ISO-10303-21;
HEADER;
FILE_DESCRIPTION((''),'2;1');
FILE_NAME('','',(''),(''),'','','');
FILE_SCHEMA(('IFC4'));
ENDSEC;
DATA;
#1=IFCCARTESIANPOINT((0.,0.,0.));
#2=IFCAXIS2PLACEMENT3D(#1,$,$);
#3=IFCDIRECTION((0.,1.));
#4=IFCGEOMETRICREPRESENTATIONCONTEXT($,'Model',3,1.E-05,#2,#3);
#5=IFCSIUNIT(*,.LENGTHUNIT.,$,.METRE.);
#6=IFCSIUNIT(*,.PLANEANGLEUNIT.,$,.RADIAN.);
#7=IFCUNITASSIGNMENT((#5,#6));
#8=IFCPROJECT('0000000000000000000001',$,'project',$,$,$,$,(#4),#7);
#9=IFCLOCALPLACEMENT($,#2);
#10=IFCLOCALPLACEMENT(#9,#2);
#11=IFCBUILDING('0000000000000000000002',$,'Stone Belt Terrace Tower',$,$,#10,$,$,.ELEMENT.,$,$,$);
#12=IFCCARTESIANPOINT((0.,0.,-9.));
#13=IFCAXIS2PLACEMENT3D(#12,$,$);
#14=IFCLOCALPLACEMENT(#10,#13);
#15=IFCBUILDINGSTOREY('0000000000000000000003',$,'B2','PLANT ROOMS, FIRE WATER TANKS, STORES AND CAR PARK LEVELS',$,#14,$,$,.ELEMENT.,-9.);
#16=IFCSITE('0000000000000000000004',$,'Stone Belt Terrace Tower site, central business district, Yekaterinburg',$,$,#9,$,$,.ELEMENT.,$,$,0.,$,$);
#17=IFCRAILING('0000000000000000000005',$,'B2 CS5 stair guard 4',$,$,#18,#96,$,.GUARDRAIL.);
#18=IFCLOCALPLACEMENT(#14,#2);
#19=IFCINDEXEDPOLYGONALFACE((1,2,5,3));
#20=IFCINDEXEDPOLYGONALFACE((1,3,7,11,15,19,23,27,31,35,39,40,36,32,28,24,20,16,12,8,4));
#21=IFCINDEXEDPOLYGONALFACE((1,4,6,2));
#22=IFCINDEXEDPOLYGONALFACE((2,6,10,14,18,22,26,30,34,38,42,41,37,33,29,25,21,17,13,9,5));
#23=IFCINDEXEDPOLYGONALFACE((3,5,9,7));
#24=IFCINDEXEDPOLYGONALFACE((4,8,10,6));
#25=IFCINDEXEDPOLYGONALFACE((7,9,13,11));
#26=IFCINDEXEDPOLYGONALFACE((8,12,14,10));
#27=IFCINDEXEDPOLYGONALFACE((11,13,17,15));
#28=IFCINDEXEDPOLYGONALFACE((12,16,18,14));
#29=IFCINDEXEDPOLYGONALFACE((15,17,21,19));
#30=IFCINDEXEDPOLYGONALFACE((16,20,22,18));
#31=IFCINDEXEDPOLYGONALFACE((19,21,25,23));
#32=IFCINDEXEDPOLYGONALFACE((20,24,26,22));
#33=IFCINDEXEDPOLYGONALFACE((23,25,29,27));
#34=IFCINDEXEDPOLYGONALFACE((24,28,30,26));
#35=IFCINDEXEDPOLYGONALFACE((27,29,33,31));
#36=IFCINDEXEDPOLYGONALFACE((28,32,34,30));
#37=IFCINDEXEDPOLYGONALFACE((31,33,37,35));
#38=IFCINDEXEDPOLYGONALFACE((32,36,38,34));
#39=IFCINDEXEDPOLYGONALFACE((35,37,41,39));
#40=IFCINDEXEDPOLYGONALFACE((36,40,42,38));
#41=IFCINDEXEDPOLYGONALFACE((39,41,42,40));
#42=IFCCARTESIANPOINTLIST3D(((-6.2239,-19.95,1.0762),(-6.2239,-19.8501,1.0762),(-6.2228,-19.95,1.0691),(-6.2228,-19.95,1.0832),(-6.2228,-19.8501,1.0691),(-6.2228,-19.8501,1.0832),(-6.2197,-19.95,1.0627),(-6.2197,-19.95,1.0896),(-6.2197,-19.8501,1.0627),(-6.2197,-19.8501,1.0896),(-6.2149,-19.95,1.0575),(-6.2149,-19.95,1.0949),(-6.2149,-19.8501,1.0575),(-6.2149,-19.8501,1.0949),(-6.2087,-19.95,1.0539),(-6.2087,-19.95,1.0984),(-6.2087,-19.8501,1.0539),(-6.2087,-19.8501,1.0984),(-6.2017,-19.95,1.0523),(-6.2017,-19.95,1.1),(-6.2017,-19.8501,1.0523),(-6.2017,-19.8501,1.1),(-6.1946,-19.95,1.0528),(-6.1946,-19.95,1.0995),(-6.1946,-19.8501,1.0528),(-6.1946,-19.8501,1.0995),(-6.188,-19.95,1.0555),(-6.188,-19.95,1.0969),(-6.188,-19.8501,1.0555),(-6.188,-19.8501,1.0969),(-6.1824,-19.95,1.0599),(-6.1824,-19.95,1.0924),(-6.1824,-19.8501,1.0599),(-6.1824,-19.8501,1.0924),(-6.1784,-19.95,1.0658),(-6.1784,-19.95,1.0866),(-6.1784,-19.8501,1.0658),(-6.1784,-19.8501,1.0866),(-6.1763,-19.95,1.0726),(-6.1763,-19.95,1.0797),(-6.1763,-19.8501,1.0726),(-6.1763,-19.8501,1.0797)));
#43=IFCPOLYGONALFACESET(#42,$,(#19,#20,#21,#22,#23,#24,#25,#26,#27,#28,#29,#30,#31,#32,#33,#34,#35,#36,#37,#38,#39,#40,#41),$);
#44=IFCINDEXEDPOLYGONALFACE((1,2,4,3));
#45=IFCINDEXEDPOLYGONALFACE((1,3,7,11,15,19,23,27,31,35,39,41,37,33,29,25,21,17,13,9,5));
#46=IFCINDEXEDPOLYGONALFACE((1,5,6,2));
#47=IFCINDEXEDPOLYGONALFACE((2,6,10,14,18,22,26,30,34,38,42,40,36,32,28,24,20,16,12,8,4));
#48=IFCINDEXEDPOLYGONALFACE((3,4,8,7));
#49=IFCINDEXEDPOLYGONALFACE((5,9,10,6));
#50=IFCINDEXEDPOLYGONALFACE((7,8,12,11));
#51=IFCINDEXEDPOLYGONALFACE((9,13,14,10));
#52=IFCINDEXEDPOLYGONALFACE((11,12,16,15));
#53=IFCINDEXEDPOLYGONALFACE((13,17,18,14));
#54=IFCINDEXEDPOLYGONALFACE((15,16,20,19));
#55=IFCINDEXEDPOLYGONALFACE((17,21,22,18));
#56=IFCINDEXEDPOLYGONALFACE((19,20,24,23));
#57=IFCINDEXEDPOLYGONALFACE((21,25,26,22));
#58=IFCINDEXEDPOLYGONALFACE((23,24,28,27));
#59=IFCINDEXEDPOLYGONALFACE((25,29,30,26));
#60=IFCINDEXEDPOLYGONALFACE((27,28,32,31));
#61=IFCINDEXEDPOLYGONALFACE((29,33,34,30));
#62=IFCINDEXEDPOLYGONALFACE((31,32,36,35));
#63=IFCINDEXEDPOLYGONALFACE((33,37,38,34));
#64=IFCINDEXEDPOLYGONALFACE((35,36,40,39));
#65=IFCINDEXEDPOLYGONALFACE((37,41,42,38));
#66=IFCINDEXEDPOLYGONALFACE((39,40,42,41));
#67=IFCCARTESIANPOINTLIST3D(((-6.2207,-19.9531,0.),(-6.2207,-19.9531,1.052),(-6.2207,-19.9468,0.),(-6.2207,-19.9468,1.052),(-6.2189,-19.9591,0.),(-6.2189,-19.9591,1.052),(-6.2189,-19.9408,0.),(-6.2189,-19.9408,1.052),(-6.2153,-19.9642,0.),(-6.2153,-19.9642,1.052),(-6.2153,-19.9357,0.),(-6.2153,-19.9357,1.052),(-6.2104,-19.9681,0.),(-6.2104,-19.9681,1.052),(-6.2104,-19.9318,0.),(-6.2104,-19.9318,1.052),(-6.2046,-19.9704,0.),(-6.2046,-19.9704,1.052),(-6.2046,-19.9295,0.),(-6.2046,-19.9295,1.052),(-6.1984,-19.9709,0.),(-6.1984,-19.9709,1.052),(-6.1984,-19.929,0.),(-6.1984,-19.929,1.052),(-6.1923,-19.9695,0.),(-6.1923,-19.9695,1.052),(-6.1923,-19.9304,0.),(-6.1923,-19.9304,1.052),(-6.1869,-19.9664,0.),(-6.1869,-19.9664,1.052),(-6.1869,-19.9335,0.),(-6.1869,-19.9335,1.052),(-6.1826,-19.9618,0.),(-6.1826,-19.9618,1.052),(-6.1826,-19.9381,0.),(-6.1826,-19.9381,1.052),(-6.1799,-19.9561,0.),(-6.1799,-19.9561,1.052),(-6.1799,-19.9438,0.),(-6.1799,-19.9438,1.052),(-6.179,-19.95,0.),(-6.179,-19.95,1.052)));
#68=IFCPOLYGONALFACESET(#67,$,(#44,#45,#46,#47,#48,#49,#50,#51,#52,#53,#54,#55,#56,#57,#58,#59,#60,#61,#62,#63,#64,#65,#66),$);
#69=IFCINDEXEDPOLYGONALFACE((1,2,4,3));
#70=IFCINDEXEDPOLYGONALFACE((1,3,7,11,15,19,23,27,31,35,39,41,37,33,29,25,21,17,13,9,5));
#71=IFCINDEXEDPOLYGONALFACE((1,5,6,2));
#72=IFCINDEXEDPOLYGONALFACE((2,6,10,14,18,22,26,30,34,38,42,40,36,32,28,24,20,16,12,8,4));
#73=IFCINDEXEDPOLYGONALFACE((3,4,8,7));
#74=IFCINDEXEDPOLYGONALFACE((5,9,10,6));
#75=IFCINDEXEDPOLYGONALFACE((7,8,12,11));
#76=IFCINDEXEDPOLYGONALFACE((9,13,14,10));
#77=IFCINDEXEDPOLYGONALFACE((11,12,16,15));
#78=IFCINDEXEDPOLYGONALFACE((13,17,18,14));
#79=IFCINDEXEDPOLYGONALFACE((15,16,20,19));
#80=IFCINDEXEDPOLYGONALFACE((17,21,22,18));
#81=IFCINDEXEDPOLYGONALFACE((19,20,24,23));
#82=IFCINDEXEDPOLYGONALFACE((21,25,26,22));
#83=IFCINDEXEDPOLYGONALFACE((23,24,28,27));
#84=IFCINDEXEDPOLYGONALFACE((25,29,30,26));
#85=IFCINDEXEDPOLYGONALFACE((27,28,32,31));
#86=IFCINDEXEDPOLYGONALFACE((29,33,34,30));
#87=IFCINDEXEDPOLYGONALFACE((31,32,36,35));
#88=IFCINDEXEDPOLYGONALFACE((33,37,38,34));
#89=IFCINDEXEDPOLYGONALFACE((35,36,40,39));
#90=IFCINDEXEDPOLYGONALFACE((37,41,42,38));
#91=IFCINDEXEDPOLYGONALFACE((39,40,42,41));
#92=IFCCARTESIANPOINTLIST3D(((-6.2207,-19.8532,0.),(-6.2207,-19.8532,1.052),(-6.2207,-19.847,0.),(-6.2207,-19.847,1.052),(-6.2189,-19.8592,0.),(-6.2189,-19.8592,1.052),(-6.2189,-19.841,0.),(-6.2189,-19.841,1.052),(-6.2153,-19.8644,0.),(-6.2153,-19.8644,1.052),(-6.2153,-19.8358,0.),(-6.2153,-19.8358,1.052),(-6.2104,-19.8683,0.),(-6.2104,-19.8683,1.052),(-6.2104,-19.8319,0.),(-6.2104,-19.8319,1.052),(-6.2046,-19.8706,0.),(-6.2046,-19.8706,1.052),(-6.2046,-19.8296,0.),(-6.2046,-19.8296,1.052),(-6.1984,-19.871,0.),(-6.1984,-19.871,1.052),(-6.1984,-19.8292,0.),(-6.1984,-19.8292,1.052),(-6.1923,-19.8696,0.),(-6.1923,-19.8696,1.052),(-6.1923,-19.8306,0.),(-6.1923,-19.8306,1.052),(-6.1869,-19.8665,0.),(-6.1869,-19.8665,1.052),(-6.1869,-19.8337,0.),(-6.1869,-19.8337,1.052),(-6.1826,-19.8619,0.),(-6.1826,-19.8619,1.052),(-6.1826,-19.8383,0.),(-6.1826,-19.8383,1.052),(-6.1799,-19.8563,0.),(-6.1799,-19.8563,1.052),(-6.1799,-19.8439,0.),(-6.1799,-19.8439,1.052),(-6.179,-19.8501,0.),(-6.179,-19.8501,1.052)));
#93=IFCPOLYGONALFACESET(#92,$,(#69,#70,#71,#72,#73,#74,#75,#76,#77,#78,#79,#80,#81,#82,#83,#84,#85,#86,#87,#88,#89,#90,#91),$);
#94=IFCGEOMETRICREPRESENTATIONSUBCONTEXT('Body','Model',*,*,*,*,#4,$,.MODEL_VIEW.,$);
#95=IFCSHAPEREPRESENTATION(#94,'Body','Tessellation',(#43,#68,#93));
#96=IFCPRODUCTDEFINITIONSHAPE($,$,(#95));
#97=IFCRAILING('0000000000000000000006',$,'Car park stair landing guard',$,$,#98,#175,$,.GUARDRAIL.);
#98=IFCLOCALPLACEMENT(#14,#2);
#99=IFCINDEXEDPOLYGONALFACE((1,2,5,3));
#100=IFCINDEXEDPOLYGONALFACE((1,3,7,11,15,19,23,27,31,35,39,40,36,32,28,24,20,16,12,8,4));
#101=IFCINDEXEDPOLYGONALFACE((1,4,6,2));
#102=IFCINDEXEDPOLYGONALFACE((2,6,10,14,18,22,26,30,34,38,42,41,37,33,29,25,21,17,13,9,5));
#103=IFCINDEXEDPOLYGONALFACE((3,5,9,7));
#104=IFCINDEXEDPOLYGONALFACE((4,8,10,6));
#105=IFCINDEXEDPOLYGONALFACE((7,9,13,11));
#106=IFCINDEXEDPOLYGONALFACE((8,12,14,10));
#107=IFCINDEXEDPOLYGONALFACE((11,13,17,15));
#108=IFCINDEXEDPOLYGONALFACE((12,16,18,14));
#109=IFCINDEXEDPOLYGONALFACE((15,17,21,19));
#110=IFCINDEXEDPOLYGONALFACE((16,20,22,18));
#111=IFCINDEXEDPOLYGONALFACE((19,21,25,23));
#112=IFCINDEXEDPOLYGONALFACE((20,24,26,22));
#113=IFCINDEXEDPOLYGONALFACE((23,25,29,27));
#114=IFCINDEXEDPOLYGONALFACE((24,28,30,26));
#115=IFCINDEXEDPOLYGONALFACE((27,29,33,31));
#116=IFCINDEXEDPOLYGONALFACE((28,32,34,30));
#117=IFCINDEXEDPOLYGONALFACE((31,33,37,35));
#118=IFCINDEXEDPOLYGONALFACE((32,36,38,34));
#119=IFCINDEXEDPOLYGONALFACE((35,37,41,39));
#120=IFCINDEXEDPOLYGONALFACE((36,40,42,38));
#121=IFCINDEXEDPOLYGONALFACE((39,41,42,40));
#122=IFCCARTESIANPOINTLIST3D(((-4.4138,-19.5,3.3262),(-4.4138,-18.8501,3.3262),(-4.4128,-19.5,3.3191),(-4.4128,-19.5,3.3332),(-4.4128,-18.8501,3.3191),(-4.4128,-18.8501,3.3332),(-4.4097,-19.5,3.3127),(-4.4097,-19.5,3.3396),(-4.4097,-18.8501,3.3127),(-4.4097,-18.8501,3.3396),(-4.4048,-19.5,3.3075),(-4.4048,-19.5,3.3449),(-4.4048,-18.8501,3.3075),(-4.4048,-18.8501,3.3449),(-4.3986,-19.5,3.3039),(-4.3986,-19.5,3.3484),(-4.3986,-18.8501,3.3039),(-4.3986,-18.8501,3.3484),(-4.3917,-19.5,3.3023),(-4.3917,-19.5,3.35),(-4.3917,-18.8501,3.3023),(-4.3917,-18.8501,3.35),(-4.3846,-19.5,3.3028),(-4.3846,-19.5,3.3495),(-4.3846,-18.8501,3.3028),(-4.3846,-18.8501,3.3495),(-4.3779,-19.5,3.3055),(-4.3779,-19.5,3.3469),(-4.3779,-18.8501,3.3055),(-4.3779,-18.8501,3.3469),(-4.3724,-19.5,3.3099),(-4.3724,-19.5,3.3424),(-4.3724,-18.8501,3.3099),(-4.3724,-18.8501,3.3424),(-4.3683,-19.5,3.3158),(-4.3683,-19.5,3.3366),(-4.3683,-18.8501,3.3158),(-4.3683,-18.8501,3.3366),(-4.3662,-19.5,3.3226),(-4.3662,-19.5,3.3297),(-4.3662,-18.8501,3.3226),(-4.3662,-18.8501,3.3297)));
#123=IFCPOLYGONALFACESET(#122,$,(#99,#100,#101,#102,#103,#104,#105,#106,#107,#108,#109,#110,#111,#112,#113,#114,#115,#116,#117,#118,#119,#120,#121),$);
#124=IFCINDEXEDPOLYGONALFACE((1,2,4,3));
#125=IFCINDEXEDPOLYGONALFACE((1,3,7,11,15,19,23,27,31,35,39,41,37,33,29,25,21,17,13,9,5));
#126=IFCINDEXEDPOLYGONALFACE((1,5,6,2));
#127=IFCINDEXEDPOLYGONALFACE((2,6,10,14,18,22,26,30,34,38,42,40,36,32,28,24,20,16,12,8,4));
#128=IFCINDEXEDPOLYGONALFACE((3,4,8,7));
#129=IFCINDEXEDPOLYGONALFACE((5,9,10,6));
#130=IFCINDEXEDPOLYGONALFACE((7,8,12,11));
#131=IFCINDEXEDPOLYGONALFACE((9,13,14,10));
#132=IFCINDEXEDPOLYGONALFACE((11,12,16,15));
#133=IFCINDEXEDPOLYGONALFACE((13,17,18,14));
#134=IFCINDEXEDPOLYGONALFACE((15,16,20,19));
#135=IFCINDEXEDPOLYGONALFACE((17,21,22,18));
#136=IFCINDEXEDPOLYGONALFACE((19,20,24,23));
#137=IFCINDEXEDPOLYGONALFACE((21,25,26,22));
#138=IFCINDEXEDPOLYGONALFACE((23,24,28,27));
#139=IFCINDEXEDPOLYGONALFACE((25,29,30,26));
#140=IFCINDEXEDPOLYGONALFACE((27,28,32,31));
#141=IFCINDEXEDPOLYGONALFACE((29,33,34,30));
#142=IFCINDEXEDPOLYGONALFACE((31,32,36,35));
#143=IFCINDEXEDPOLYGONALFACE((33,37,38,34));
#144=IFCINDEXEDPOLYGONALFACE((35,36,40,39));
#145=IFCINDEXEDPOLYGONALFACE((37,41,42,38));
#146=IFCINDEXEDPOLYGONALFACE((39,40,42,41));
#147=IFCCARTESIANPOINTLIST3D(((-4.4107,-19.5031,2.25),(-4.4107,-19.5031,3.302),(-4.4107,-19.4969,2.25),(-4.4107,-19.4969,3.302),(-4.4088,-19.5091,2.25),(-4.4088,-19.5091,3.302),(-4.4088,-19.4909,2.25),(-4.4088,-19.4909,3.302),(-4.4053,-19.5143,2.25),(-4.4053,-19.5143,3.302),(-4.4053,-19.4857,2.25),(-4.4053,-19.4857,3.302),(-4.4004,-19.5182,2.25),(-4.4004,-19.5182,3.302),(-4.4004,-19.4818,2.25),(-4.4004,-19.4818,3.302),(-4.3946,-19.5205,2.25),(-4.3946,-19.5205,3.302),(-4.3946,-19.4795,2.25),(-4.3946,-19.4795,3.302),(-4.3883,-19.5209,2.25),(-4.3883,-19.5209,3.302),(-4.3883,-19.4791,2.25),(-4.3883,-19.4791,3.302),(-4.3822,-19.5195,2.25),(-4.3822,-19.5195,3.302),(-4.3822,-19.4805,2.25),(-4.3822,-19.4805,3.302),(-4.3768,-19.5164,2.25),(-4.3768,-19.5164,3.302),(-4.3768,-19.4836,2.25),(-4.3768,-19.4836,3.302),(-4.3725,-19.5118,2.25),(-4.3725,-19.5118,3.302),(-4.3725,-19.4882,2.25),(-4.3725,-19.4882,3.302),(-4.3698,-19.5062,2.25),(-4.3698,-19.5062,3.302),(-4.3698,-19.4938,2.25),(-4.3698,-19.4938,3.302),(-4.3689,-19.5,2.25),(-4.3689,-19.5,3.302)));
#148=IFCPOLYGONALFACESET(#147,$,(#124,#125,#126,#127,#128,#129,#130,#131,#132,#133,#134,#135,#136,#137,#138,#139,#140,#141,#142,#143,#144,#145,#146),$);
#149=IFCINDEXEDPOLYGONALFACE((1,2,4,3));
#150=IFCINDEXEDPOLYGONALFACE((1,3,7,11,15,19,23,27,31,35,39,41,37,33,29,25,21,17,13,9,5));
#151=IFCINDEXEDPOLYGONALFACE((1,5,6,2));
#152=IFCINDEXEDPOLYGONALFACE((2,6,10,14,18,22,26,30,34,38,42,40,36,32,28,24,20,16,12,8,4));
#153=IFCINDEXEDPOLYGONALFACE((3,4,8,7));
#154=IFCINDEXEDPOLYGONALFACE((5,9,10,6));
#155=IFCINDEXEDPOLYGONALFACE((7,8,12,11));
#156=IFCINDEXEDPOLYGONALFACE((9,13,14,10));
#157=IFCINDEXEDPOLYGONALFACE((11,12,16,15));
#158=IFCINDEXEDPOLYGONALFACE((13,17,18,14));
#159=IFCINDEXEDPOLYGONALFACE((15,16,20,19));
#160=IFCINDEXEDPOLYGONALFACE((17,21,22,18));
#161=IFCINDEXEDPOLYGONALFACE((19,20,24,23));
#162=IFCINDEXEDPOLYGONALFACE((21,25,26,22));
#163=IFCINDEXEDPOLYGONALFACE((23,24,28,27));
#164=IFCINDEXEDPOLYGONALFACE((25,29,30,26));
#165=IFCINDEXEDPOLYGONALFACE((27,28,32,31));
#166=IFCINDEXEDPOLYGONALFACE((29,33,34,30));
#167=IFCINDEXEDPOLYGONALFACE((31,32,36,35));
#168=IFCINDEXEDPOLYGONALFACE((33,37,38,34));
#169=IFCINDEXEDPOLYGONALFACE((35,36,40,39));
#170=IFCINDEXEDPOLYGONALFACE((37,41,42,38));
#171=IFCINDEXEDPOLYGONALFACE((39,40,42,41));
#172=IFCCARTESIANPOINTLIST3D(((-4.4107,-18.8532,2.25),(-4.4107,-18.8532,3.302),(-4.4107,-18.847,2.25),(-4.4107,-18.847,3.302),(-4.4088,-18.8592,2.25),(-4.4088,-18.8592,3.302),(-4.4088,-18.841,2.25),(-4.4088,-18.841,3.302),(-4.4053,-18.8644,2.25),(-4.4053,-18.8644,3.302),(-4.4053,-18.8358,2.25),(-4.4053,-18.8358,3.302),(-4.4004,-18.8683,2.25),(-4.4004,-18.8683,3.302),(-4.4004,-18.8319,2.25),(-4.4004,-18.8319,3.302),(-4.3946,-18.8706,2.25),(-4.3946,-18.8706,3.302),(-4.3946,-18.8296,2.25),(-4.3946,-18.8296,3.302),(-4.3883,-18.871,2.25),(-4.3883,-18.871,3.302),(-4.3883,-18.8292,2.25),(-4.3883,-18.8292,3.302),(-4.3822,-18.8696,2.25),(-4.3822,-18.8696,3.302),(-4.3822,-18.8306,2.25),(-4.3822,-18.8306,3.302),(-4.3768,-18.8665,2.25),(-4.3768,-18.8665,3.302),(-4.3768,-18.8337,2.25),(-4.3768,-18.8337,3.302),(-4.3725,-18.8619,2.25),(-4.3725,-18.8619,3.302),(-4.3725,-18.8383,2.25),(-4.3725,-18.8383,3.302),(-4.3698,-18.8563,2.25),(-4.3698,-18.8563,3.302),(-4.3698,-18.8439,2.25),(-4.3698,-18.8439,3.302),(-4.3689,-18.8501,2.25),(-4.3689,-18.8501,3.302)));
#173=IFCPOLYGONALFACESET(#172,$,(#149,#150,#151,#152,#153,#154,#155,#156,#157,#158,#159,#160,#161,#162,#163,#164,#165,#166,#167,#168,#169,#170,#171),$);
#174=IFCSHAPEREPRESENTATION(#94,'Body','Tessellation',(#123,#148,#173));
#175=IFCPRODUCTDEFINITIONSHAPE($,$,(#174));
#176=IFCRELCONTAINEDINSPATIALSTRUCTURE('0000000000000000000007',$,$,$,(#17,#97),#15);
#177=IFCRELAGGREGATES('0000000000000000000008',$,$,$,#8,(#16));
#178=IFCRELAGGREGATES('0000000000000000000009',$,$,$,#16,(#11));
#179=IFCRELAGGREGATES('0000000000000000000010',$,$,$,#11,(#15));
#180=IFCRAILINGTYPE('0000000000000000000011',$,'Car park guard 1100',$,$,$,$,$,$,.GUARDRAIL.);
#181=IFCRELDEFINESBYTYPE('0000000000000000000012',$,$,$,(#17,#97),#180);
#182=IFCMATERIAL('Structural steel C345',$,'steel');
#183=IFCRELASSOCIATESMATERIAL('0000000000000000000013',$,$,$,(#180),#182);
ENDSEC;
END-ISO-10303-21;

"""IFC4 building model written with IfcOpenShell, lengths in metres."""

from ifc_helpers import new_model, si_unit, direction, frame, origin, origin_2d, place, context, subcontext, project, spatial, circle, extrude, material, type_object, element, save


model = new_model("IFC4")

# Units and contexts
model_context = context("Model", 3, precision=1e-05, world=origin(), true_north=direction((0.0, 1.0)))
body_context = subcontext(model_context, "Body", "Model", "MODEL_VIEW")
ifc_project = project(units=[si_unit("LENGTHUNIT", "METRE"), si_unit("PLANEANGLEUNIT", "RADIAN")], contexts=[model_context])

# Site, building, storey
site_placement = place(None, origin())
site = spatial("IfcSite", under=ifc_project, at=site_placement, Name="Stone Belt Terrace Tower site, central business district, Yekaterinburg", CompositionType="ELEMENT", RefElevation=0.0)
building_placement = place(site_placement, origin())
building = spatial("IfcBuilding", under=site, at=building_placement, Name="Stone Belt Terrace Tower", CompositionType="ELEMENT")
storey_placement = place(building_placement, frame((0.0, 0.0, -9.0)))
storey = spatial("IfcBuildingStorey", under=building, at=storey_placement, Name="B2", Description="PLANT ROOMS, FIRE WATER TANKS, STORES AND CAR PARK LEVELS", CompositionType="ELEMENT", Elevation=-9.0)

# Railings
ifc_material_1 = material(Name="Structural steel C345", Category="steel")
railing_type_1 = type_object("IfcRailingType", Name="Car park guard 1100", PredefinedType="GUARDRAIL", material=ifc_material_1)
railing_1_placement = place(storey_placement, frame((-6.2, -19.95, 0.0)))
element("IfcRailing", 1, at=railing_1_placement, inside=storey, type_object=railing_type_1, Name="B2 CS5 stair guard 4", PredefinedType="GUARDRAIL", context=body_context, shape_type="SweptSolid", body=[
    extrude(circle(Radius=0.0239, at=origin_2d()), frame((0.0, 0.0, 1.0762), z_axis=(0.0, 1.0, 0.0), x_axis=(-1.0, 0.0, 0.0)), (0.0, 0.0, 1.0), 0.0999),
    extrude(circle(Radius=0.021, at=origin_2d()), origin(), (0.0, 0.0, 1.0), 1.052),
    extrude(circle(Radius=0.021, at=origin_2d()), frame((0.0, 0.0999, 0.0)), (0.0, 0.0, 1.0), 1.052),
])
railing_2_placement = place(storey_placement, frame((-4.3899, -19.5, 2.25)))
element("IfcRailing", 2, at=railing_2_placement, inside=storey, type_object=railing_type_1, Name="Car park stair landing guard", PredefinedType="GUARDRAIL", context=body_context, shape_type="SweptSolid", body=[
    extrude(circle(Radius=0.0239, at=origin_2d()), frame((0.0, 0.0, 1.0762), z_axis=(0.0, 1.0, 0.0), x_axis=(-1.0, 0.0, 0.0)), (0.0, 0.0, 1.0), 0.6499),
    extrude(circle(Radius=0.021, at=origin_2d()), origin(), (0.0, 0.0, 1.0), 1.052),
    extrude(circle(Radius=0.021, at=origin_2d()), frame((0.0, 0.6499, 0.0)), (0.0, 0.0, 1.0), 1.052),
])

save(model, "model.ifc")
